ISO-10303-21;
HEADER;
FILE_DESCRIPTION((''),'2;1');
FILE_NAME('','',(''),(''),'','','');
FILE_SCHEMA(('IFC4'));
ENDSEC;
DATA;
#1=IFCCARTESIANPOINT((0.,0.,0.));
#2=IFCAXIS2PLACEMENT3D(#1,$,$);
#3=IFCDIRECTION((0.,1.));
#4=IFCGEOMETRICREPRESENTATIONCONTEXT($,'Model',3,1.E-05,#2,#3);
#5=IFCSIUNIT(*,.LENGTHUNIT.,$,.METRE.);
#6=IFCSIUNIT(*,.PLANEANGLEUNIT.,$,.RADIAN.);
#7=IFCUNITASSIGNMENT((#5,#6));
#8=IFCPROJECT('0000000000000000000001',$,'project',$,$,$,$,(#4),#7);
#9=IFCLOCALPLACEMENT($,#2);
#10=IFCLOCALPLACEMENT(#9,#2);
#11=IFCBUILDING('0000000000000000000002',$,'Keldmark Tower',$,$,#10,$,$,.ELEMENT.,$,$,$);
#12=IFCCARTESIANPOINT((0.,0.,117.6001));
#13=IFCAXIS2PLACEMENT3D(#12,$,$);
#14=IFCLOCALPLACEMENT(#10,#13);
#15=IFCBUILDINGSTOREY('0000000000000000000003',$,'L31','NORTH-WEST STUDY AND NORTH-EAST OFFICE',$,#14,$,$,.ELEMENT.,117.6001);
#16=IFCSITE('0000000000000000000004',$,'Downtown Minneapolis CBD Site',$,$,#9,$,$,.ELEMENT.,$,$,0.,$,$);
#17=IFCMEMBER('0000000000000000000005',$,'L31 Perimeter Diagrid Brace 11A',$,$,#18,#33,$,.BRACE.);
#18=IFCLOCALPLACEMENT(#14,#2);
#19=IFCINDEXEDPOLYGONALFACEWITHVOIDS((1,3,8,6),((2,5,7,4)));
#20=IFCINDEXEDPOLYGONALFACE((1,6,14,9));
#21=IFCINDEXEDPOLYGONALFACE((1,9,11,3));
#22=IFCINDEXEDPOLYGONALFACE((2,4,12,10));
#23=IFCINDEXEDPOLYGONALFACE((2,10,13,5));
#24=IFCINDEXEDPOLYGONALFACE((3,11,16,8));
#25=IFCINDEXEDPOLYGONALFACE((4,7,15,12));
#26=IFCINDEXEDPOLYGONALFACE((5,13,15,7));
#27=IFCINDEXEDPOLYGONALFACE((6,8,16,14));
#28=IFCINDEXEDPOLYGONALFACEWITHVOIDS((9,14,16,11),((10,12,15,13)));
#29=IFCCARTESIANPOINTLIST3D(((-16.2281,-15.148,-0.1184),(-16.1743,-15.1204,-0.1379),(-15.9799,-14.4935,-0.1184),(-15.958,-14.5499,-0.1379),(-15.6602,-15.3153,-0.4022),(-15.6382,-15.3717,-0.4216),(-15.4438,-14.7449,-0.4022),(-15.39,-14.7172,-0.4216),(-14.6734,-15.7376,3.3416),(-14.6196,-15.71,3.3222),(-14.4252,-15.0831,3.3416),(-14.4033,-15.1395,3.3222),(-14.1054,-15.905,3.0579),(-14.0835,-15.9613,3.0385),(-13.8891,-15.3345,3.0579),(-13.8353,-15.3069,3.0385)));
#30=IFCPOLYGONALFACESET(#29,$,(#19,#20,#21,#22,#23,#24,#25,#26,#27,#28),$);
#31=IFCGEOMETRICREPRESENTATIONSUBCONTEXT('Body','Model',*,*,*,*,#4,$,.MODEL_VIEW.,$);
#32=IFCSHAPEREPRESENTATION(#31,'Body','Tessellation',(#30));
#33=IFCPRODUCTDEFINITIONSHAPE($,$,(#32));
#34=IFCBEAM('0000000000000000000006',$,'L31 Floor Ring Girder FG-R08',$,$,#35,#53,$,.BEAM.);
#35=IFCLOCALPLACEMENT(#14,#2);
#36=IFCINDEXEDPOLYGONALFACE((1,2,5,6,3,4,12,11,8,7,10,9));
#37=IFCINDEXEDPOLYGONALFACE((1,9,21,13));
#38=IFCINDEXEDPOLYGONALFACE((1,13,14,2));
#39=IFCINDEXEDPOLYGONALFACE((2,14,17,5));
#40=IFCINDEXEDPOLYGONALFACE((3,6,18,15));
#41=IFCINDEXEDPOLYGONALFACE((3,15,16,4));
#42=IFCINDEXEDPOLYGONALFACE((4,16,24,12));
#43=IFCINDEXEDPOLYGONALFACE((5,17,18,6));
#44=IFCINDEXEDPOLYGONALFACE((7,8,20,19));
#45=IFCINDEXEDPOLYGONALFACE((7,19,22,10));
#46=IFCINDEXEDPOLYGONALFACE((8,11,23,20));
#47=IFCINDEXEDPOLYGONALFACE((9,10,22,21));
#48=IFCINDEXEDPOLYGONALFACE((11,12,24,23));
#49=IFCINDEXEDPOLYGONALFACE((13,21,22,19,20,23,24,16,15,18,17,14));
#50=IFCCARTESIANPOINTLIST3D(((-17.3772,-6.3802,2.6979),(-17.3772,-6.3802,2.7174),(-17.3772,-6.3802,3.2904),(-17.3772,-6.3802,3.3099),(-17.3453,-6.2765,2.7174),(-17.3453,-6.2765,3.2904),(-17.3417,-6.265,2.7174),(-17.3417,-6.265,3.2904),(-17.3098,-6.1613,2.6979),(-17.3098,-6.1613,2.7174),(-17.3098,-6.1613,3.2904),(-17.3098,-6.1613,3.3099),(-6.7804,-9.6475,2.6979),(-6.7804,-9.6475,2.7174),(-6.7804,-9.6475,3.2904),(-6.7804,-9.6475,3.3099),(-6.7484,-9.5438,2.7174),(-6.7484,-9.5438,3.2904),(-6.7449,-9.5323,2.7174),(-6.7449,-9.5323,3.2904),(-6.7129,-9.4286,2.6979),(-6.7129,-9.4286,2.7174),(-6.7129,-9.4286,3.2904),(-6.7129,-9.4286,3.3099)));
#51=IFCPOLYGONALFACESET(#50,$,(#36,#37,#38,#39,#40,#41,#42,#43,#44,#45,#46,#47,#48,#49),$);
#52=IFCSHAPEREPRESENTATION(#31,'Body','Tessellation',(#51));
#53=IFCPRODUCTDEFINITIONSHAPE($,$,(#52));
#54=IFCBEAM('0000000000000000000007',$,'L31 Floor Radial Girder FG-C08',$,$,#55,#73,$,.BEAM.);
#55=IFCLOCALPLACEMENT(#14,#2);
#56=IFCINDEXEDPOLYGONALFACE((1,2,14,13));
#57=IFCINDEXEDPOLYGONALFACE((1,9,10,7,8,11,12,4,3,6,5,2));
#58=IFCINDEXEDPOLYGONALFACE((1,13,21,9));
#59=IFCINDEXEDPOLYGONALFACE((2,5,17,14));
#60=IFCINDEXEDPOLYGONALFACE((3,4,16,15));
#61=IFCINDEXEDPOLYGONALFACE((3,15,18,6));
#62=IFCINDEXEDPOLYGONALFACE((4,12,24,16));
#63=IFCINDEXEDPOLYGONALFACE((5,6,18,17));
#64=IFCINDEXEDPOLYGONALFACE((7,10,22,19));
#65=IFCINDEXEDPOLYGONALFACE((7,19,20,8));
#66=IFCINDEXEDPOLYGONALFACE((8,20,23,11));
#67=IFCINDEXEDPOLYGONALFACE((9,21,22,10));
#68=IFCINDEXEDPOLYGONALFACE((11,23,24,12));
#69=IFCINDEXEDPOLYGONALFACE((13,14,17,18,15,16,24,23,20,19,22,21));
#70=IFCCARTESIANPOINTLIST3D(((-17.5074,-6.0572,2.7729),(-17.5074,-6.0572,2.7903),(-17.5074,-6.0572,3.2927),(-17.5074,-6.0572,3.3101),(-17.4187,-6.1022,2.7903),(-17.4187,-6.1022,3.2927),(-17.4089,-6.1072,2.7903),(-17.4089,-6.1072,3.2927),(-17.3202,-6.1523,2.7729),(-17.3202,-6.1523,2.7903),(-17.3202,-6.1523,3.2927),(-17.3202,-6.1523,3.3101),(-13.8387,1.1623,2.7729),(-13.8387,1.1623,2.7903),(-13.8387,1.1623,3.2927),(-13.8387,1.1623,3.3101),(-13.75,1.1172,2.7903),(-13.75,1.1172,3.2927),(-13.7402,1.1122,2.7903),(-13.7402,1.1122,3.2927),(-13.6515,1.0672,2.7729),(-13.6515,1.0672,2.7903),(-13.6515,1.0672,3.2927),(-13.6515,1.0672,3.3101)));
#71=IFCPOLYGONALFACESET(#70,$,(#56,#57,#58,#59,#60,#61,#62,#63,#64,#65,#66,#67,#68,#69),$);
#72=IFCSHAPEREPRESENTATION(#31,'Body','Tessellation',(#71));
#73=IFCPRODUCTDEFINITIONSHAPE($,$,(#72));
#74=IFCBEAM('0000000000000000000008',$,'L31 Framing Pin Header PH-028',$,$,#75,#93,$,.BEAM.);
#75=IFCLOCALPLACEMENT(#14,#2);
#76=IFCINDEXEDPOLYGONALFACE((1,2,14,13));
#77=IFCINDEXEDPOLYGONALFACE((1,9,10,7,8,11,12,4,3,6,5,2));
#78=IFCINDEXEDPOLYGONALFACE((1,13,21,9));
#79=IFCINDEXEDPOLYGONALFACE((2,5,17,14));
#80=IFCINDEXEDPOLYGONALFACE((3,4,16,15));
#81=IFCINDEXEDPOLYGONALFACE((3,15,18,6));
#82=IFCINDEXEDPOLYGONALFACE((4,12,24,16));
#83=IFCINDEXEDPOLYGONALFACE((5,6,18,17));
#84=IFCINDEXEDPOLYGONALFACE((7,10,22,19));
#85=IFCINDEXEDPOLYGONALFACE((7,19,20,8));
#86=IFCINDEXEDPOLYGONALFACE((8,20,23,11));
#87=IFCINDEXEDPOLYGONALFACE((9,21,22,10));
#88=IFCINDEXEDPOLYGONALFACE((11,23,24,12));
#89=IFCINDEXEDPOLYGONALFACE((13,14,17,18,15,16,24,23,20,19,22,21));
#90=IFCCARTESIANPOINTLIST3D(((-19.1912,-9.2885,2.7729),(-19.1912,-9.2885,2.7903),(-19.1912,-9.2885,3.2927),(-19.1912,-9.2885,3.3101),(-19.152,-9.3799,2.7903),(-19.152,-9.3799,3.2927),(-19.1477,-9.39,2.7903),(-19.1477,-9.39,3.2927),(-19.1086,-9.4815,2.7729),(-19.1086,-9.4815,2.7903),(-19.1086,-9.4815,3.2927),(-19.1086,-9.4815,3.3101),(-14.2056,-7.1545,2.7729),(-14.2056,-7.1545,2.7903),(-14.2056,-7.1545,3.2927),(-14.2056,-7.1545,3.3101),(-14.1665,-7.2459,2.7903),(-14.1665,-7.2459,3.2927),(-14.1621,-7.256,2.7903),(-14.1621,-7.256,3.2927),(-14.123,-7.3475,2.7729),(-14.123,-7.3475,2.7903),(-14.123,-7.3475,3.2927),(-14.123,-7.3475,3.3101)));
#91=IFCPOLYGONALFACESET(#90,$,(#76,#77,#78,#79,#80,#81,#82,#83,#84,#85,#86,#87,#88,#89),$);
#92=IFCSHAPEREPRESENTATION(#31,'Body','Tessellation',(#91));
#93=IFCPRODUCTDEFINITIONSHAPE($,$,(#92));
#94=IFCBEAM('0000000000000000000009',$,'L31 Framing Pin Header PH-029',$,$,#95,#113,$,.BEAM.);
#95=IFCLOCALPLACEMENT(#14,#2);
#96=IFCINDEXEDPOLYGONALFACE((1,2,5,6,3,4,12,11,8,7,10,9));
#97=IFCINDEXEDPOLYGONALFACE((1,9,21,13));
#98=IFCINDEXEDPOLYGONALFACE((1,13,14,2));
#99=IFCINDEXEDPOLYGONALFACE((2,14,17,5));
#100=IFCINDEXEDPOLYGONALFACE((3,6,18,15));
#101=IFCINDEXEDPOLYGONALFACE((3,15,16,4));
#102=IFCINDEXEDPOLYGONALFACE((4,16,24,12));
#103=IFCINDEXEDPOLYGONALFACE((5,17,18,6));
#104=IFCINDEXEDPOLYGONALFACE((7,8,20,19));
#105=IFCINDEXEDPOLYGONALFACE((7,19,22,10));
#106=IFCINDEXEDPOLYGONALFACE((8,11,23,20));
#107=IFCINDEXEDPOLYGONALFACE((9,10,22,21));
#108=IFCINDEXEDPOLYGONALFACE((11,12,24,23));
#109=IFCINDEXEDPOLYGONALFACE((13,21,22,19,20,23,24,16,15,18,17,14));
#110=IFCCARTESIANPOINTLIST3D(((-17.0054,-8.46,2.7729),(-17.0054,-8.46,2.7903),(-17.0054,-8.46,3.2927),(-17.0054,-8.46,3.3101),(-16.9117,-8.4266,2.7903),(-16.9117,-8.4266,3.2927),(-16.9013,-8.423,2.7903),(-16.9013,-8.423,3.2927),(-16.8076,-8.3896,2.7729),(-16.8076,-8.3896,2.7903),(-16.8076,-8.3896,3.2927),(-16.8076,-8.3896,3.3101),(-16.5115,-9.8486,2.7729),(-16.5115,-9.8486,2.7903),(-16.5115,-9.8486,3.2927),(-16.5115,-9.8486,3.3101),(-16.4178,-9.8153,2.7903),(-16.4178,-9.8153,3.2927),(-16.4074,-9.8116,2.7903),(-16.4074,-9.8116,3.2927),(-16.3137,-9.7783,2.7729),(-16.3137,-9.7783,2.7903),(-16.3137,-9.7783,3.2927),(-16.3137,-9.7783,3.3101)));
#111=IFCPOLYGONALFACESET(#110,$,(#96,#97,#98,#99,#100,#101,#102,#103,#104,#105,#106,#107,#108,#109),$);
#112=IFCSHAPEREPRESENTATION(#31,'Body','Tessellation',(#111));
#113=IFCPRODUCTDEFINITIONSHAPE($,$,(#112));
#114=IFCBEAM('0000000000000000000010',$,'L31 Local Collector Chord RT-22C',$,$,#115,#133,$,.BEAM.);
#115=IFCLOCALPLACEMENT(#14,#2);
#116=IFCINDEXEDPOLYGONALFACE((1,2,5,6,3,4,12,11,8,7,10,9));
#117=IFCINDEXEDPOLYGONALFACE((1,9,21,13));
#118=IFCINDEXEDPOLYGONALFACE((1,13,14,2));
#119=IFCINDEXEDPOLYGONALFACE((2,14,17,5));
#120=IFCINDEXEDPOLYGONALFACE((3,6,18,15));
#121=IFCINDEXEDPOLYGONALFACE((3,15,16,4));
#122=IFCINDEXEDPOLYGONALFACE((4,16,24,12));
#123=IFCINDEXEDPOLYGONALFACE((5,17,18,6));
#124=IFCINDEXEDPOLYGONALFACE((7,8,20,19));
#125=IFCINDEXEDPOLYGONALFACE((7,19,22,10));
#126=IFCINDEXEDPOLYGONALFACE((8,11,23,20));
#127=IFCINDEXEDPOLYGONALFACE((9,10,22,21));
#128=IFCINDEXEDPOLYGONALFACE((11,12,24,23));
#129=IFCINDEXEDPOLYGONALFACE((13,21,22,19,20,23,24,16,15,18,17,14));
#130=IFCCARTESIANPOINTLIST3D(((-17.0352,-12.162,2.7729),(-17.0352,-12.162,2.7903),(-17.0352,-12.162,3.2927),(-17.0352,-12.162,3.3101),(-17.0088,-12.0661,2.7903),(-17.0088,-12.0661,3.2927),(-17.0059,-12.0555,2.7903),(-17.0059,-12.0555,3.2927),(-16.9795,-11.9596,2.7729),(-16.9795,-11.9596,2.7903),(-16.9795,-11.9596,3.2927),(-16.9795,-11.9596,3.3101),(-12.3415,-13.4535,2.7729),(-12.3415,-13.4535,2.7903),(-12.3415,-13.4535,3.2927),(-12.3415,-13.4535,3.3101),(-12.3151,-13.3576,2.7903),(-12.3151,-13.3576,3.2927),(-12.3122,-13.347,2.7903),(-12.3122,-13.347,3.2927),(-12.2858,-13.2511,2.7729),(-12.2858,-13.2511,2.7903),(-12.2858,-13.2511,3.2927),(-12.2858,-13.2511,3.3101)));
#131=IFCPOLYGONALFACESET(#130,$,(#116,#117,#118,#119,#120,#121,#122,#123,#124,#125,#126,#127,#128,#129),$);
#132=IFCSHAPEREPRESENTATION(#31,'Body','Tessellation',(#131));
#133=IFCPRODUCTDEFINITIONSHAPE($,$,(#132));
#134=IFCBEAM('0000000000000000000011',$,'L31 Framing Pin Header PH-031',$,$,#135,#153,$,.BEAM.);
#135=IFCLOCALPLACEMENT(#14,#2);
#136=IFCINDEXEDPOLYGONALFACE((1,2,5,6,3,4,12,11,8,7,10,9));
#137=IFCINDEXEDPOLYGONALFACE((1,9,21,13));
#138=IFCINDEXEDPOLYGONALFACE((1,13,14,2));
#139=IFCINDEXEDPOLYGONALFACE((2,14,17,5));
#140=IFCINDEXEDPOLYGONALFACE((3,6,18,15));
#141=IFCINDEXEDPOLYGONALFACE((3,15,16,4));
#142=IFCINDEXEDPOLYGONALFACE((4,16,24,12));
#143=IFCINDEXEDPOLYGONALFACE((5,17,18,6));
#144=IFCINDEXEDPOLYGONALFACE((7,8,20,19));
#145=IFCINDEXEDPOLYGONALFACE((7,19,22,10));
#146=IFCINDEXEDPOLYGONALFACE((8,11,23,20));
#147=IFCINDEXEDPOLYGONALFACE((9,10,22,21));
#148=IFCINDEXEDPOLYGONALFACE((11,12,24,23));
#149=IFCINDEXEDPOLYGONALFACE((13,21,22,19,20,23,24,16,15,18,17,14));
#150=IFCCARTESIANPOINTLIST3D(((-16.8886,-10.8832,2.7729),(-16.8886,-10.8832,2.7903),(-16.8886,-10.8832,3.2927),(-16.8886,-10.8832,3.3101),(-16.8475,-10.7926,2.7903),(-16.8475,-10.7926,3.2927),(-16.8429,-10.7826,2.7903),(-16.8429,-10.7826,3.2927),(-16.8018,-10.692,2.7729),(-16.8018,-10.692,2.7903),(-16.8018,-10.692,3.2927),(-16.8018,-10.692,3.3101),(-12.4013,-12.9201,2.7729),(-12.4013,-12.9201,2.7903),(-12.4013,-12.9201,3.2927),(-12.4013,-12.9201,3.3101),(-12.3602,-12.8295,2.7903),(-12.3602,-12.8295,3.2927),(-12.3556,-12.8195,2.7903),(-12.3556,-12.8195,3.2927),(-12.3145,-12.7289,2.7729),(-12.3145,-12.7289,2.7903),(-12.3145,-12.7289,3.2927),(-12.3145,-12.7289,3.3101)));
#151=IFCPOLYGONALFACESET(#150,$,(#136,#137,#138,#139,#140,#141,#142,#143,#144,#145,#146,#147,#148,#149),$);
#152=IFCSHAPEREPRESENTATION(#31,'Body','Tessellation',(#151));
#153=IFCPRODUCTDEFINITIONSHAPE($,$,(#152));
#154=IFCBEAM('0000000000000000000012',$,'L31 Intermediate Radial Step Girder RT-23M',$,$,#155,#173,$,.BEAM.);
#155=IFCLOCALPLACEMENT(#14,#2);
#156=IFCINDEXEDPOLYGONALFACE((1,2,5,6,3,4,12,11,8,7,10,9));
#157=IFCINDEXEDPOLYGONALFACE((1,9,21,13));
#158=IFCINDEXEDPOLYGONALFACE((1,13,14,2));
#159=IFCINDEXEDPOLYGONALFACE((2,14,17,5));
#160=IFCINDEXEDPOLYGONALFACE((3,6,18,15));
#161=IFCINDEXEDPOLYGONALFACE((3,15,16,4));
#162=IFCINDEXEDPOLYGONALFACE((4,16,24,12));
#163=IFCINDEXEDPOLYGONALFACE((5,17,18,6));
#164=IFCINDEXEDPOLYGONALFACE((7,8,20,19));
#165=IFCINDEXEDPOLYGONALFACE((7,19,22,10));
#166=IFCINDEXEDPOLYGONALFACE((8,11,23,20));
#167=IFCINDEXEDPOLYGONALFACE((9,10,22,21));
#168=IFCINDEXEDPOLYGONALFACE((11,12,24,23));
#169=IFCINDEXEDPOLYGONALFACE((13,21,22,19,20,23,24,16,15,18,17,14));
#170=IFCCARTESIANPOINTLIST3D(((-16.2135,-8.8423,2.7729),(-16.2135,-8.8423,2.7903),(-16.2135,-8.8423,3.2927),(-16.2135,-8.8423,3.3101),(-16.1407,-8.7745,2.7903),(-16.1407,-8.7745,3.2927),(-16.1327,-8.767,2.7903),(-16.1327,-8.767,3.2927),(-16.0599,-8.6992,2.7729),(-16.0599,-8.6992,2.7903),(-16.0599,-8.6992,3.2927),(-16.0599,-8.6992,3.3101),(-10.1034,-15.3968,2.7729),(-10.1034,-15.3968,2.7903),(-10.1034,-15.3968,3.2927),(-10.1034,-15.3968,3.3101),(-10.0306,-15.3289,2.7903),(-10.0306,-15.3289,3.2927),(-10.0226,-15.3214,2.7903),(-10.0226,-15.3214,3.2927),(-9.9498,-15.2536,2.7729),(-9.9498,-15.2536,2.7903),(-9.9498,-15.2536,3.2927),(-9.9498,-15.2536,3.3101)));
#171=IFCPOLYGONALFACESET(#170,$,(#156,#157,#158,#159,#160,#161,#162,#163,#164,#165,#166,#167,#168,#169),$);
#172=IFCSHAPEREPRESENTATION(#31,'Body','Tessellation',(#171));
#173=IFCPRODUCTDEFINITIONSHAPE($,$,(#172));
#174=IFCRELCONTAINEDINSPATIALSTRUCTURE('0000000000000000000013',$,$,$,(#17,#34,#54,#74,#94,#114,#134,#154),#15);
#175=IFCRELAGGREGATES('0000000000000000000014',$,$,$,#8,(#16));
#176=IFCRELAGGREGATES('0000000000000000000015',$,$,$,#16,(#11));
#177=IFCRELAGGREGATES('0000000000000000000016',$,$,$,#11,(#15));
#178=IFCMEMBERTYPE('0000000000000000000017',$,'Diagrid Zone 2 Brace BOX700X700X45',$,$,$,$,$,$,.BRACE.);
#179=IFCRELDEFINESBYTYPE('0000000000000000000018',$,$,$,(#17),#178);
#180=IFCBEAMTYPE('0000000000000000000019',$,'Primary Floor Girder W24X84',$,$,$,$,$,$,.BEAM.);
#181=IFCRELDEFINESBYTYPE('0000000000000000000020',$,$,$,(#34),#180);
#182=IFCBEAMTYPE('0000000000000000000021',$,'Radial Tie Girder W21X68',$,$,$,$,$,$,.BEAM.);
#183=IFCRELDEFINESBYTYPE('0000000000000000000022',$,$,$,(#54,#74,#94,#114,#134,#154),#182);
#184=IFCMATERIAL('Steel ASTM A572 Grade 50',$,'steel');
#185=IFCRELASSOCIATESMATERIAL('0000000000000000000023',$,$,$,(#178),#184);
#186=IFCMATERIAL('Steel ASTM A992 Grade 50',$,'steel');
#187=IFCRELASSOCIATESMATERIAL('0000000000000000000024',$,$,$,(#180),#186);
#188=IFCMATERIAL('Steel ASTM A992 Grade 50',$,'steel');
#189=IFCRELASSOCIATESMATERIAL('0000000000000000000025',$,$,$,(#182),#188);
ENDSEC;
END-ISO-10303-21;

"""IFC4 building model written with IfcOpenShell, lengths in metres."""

from ifc_helpers import new_model, si_unit, direction, frame, origin, origin_2d, place, context, subcontext, project, spatial, hollow_rectangle, i_section, extrude, material, material_profile, profile_set, type_object, element, save


model = new_model("IFC4")

# Units and contexts
model_context = context("Model", 3, precision=1e-05, world=origin(), true_north=direction((0.0, 1.0)))
body_context = subcontext(model_context, "Body", "Model", "MODEL_VIEW")
ifc_project = project(units=[si_unit("LENGTHUNIT", "METRE"), si_unit("PLANEANGLEUNIT", "RADIAN")], contexts=[model_context])

# Site, building, storey
site_placement = place(None, origin())
site = spatial("IfcSite", under=ifc_project, at=site_placement, Name="Downtown Minneapolis CBD Site", CompositionType="ELEMENT", RefElevation=0.0)
building_placement = place(site_placement, origin())
building = spatial("IfcBuilding", under=site, at=building_placement, Name="Keldmark Tower", CompositionType="ELEMENT")
storey_placement = place(building_placement, frame((0.0, 0.0, 117.6001)))
storey = spatial("IfcBuildingStorey", under=building, at=storey_placement, Name="L31", Description="NORTH-WEST STUDY AND NORTH-EAST OFFICE", CompositionType="ELEMENT", Elevation=117.6001)

# Member
ifc_material_1 = material(Name="Steel ASTM A572 Grade 50", Category="steel")
ifc_material_profile_1 = material_profile(ifc_material_1, hollow_rectangle(XDim=0.7, YDim=0.7, WallThickness=0.0449, at=origin_2d()), Name="BOX700X700X45")
ifc_profile_set_1 = profile_set([ifc_material_profile_1], Name="Steel ASTM A572 Grade 50")
member_type = type_object("IfcMemberType", Name="Diagrid Zone 2 Brace BOX700X700X45", PredefinedType="BRACE", material=ifc_profile_set_1)
member_placement = place(storey_placement, frame((-15.8091, -14.9326, -0.27), z_axis=(0.404998, -0.153592, 0.901325), x_axis=(0.354597, 0.935019, 0.0)))
element("IfcMember", 1, at=member_placement, inside=storey, type_object=member_type, Name="L31 Perimeter Diagrid Brace 11A", PredefinedType="BRACE", context=body_context, shape_type="SweptSolid", body=[
    extrude(hollow_rectangle(XDim=0.7, YDim=0.7, WallThickness=0.0449, at=origin_2d()), origin(), (0.0, 0.0, 1.0), 3.8389),
])

# Beams
ifc_material_2 = material(Name="Steel ASTM A992 Grade 50", Category="steel")
ifc_material_profile_2 = material_profile(ifc_material_2, i_section(OverallWidth=0.229, OverallDepth=0.6121, WebThickness=0.012, FlangeThickness=0.0195, at=origin_2d()), Name="W24X84")
ifc_profile_set_2 = profile_set([ifc_material_profile_2], Name="Steel ASTM A992 Grade 50")
beam_type_1 = type_object("IfcBeamType", Name="Primary Floor Girder W24X84", PredefinedType="BEAM", material=ifc_profile_set_2)
beam_1_placement = place(storey_placement, frame((-17.3435, -6.2708, 3.0039), z_axis=(0.955608, -0.294641, 0.0), x_axis=(0.294641, 0.955608, 0.0)))
element("IfcBeam", 2, at=beam_1_placement, inside=storey, type_object=beam_type_1, Name="L31 Floor Ring Girder FG-R08", PredefinedType="BEAM", context=body_context, shape_type="SweptSolid", body=[
    extrude(i_section(OverallWidth=0.229, OverallDepth=0.6121, WebThickness=0.012, FlangeThickness=0.0195, at=origin_2d()), origin(), (0.0, 0.0, 1.0), 11.0891),
])
ifc_material_3 = material(Name="Steel ASTM A992 Grade 50", Category="steel")
ifc_material_profile_3 = material_profile(ifc_material_3, i_section(OverallWidth=0.21, OverallDepth=0.5371, WebThickness=0.011, FlangeThickness=0.0173, at=origin_2d()), Name="W21X68")
ifc_profile_set_3 = profile_set([ifc_material_profile_3], Name="Steel ASTM A992 Grade 50")
beam_type_2 = type_object("IfcBeamType", Name="Radial Tie Girder W21X68", PredefinedType="BEAM", material=ifc_profile_set_3)
beam_2_placement = place(storey_placement, frame((-17.4138, -6.1047, 3.0415), z_axis=(0.453029, 0.891496, 0.0), x_axis=(-0.891496, 0.453029, 0.0)))
element("IfcBeam", 3, at=beam_2_placement, inside=storey, type_object=beam_type_2, Name="L31 Floor Radial Girder FG-C08", PredefinedType="BEAM", context=body_context, shape_type="SweptSolid", body=[
    extrude(i_section(OverallWidth=0.21, OverallDepth=0.5371, WebThickness=0.011, FlangeThickness=0.0173, at=origin_2d()), origin(), (0.0, 0.0, 1.0), 8.0981),
])
beam_3_placement = place(storey_placement, frame((-14.1643, -7.251, 3.0415), z_axis=(-0.919322, -0.393506, 0.0), x_axis=(0.393506, -0.919322, 0.0)))
element("IfcBeam", 4, at=beam_3_placement, inside=storey, type_object=beam_type_2, Name="L31 Framing Pin Header PH-028", PredefinedType="BEAM", context=body_context, shape_type="SweptSolid", body=[
    extrude(i_section(OverallWidth=0.21, OverallDepth=0.5371, WebThickness=0.011, FlangeThickness=0.0173, at=origin_2d()), origin(), (0.0, 0.0, 1.0), 5.4231),
])
beam_4_placement = place(storey_placement, frame((-16.9065, -8.4248, 3.0415), z_axis=(0.335098, -0.942183, 0.0), x_axis=(0.942183, 0.335098, 0.0)))
element("IfcBeam", 5, at=beam_4_placement, inside=storey, type_object=beam_type_2, Name="L31 Framing Pin Header PH-029", PredefinedType="BEAM", context=body_context, shape_type="SweptSolid", body=[
    extrude(i_section(OverallWidth=0.21, OverallDepth=0.5371, WebThickness=0.011, FlangeThickness=0.0173, at=origin_2d()), origin(), (0.0, 0.0, 1.0), 1.4739),
])
beam_5_placement = place(storey_placement, frame((-17.0073, -12.0608, 3.0415), z_axis=(0.964165, -0.265302, 0.0), x_axis=(0.265302, 0.964165, 0.0)))
element("IfcBeam", 6, at=beam_5_placement, inside=storey, type_object=beam_type_2, Name="L31 Local Collector Chord RT-22C", PredefinedType="BEAM", context=body_context, shape_type="SweptSolid", body=[
    extrude(i_section(OverallWidth=0.21, OverallDepth=0.5371, WebThickness=0.011, FlangeThickness=0.0173, at=origin_2d()), origin(), (0.0, 0.0, 1.0), 4.8682),
])
beam_6_placement = place(storey_placement, frame((-16.8452, -10.7876, 3.0415), z_axis=(0.910582, -0.413329, 0.0), x_axis=(0.413329, 0.910582, 0.0)))
element("IfcBeam", 7, at=beam_6_placement, inside=storey, type_object=beam_type_2, Name="L31 Framing Pin Header PH-031", PredefinedType="BEAM", context=body_context, shape_type="SweptSolid", body=[
    extrude(i_section(OverallWidth=0.21, OverallDepth=0.5371, WebThickness=0.011, FlangeThickness=0.0173, at=origin_2d()), origin(), (0.0, 0.0, 1.0), 4.928),
])
beam_7_placement = place(storey_placement, frame((-16.1367, -8.7708, 3.0415), z_axis=(0.681878, -0.731466, 0.0), x_axis=(0.731466, 0.681878, 0.0)))
element("IfcBeam", 8, at=beam_7_placement, inside=storey, type_object=beam_type_2, Name="L31 Intermediate Radial Step Girder RT-23M", PredefinedType="BEAM", context=body_context, shape_type="SweptSolid", body=[
    extrude(i_section(OverallWidth=0.21, OverallDepth=0.5371, WebThickness=0.011, FlangeThickness=0.0173, at=origin_2d()), origin(), (0.0, 0.0, 1.0), 8.9607),
])

save(model, "model.ifc")
